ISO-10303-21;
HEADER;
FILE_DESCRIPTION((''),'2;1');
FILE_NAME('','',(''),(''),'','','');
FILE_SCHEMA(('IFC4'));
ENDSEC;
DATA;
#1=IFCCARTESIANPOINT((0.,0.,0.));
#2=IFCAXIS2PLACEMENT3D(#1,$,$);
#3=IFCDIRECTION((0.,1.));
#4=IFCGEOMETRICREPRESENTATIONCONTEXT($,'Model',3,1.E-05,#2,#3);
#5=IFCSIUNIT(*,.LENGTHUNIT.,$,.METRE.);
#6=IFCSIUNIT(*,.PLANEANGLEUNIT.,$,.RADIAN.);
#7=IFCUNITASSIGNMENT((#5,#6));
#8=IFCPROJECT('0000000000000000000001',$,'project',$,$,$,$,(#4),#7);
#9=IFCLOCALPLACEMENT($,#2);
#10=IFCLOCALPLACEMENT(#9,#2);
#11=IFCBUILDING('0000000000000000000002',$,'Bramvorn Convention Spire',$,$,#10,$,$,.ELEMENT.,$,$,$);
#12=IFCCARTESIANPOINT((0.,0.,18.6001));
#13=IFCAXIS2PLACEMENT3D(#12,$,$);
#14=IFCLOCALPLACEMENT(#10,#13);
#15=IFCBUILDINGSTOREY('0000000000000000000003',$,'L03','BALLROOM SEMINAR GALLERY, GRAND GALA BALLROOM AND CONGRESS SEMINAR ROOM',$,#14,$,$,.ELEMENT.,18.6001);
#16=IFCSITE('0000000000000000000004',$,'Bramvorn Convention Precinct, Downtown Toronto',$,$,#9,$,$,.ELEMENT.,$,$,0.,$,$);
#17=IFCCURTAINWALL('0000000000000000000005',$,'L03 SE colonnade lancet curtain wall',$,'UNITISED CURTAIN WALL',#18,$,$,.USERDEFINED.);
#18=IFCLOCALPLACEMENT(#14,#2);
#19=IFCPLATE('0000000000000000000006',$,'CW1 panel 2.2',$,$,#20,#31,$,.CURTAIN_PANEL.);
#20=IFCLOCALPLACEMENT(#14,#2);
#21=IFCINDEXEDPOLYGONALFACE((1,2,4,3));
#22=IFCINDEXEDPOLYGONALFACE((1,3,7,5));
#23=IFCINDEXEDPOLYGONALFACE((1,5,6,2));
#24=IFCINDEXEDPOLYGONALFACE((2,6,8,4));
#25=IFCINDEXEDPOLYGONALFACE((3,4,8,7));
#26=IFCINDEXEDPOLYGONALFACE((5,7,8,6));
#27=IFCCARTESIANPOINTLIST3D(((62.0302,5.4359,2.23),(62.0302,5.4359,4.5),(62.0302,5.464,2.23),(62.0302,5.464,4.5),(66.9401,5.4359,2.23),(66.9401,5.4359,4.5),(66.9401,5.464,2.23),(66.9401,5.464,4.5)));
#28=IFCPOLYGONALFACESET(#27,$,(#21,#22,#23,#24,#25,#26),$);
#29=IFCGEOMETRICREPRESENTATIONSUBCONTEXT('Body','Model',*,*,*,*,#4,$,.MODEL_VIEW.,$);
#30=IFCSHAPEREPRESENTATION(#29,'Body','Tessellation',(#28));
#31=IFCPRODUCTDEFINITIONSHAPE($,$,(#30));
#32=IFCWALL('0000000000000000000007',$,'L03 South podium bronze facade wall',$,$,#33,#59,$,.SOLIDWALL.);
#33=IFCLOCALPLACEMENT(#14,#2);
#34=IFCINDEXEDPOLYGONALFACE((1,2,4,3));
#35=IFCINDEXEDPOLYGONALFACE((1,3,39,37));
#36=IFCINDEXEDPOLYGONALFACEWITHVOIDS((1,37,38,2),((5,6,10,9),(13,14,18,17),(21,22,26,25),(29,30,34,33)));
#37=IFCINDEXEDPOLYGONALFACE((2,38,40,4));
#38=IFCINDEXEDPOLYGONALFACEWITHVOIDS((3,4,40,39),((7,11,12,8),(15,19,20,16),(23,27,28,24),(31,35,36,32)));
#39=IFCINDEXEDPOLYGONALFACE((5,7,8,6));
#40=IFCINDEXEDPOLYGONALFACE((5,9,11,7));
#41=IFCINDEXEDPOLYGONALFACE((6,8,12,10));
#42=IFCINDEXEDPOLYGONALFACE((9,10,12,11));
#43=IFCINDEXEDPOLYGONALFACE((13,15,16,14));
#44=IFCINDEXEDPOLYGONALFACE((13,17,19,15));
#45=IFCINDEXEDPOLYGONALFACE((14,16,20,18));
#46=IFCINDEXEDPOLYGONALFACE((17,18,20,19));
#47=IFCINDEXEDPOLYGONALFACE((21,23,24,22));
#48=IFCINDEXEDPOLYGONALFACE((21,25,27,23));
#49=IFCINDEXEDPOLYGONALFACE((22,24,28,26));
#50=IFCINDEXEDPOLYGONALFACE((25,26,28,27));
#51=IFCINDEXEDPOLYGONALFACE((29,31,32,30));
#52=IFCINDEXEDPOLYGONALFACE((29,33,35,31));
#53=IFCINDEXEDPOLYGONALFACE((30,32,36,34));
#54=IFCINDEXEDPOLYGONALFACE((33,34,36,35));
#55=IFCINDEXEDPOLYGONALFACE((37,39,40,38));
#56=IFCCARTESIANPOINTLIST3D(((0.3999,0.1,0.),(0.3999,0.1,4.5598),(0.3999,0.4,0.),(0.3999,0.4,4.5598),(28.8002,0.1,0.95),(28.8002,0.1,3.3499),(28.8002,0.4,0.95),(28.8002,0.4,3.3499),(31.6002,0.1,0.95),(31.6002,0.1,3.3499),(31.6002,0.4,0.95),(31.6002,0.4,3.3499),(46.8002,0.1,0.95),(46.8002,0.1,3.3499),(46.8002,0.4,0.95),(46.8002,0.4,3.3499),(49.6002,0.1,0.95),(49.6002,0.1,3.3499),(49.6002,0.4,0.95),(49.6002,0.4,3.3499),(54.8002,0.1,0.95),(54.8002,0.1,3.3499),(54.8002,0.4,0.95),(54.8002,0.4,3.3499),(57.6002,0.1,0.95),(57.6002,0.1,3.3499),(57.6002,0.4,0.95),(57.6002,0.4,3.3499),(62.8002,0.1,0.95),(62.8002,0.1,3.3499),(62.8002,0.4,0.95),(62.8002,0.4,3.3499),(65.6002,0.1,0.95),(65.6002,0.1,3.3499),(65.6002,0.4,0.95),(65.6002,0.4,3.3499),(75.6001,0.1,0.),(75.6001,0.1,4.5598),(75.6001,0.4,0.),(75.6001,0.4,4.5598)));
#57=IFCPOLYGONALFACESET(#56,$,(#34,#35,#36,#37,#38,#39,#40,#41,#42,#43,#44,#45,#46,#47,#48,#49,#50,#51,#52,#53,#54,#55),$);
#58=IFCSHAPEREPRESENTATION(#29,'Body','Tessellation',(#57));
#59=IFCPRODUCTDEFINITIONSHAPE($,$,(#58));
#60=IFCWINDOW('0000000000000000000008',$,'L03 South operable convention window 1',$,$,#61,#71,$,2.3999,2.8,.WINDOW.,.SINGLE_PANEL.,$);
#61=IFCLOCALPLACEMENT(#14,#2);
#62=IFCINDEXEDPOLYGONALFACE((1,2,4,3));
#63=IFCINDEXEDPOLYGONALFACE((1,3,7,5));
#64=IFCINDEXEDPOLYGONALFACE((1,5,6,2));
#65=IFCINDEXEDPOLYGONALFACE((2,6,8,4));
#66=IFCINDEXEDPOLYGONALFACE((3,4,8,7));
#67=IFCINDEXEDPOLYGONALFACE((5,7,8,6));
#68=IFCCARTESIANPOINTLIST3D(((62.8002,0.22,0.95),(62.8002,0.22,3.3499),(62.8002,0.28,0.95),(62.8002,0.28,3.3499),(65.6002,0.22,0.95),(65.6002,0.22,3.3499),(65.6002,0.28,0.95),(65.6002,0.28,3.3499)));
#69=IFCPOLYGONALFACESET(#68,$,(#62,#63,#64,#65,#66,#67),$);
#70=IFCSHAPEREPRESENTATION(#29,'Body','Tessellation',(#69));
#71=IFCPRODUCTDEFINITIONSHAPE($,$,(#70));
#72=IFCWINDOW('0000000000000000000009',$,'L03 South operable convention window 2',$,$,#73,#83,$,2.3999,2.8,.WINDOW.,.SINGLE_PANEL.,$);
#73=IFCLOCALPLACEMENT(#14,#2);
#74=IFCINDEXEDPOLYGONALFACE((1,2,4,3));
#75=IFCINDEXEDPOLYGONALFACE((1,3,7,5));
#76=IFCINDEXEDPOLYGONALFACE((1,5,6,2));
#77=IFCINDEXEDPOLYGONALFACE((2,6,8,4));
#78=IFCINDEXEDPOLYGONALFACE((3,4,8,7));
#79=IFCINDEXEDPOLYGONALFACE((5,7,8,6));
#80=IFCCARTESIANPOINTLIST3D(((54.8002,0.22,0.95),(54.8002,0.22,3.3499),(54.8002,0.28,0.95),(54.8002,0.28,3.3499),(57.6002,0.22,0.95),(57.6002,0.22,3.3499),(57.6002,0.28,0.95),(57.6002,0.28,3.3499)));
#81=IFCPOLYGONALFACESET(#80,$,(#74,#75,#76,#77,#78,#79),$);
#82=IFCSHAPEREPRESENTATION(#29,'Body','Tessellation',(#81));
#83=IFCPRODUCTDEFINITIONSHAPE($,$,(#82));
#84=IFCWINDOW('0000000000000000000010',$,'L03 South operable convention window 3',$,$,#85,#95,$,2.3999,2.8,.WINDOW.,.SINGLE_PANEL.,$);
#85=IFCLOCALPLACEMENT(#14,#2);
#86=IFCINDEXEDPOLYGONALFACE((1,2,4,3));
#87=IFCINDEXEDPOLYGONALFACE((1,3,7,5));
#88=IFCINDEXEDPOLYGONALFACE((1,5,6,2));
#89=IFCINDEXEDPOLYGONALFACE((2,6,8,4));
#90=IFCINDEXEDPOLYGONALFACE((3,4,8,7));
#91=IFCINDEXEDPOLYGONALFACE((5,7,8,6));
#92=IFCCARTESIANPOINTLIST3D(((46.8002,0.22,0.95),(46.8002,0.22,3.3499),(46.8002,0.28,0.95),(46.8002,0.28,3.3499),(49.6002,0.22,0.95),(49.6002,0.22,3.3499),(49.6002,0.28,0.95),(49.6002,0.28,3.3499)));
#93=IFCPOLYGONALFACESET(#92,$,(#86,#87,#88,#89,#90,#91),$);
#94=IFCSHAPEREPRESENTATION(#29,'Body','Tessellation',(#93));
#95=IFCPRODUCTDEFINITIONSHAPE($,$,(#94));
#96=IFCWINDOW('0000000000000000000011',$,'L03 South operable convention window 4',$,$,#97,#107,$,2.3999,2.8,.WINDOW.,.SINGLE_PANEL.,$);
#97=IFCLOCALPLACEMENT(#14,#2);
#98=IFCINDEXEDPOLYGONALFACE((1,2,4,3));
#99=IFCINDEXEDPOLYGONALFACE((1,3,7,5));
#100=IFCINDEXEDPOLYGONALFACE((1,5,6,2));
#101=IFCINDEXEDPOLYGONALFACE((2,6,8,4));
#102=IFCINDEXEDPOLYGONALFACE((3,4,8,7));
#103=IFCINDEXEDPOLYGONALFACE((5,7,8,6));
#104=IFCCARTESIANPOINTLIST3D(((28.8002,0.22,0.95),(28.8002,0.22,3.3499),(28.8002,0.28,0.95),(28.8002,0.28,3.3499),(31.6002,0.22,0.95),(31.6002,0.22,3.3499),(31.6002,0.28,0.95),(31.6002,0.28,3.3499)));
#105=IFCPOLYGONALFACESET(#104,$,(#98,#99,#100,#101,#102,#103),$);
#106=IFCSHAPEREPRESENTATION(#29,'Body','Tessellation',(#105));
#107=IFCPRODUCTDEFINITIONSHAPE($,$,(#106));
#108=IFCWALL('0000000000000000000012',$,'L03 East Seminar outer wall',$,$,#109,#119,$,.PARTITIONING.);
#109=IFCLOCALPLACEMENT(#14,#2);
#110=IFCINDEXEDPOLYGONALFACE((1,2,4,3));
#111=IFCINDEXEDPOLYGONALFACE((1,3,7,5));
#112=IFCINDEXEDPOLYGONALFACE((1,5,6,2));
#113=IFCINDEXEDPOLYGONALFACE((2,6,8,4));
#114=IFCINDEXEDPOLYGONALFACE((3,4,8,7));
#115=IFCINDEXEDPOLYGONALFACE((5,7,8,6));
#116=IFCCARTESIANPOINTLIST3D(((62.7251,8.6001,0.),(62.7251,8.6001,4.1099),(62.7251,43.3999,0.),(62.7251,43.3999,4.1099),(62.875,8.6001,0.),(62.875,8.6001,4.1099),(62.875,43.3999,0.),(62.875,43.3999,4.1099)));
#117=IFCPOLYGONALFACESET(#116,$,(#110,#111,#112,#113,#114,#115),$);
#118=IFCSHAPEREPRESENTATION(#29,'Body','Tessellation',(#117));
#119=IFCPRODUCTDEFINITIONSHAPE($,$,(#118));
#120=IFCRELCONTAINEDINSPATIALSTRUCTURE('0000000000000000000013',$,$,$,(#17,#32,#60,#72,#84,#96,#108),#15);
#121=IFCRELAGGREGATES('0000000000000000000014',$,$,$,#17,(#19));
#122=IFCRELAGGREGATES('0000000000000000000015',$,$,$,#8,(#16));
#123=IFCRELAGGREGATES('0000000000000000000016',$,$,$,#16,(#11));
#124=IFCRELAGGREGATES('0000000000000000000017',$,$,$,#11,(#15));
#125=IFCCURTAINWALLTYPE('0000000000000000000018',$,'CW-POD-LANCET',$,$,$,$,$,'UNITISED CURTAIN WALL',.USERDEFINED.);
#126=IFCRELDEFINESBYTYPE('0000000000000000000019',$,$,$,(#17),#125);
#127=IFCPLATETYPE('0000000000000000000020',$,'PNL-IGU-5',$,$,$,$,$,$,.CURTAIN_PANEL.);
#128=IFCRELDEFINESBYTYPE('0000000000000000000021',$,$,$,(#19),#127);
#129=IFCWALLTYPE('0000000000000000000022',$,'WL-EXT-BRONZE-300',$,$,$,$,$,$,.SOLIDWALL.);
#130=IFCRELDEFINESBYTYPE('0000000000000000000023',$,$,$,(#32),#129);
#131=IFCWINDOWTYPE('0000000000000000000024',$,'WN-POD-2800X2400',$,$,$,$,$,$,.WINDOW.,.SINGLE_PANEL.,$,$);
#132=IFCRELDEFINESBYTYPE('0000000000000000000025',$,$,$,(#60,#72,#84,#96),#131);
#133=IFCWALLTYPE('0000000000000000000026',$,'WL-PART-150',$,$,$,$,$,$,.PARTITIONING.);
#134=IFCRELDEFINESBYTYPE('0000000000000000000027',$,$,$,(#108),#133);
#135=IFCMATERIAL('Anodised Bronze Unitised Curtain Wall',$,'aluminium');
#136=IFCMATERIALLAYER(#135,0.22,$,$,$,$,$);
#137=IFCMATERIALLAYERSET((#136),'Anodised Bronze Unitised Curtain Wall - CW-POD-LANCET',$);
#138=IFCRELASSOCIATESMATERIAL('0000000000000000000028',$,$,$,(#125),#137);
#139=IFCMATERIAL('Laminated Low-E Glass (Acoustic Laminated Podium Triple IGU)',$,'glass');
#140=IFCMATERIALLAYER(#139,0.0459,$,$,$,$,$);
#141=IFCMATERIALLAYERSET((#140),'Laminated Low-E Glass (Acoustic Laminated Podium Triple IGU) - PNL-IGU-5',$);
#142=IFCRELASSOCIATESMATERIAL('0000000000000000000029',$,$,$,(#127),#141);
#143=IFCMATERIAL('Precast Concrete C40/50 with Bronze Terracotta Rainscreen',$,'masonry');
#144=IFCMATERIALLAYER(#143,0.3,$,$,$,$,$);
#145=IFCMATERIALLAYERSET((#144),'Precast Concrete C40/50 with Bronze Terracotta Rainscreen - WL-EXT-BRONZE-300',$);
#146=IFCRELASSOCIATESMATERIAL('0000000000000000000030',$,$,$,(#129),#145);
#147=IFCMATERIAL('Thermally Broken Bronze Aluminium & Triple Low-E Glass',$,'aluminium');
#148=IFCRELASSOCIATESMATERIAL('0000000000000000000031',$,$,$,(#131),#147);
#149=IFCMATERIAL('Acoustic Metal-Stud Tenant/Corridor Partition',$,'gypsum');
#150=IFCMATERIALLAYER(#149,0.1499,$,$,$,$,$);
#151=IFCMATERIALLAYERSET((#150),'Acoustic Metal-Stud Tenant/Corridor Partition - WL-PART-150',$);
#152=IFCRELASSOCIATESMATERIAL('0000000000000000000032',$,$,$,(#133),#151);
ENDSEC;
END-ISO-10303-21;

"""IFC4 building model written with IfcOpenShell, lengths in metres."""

from ifc_helpers import new_model, si_unit, direction, frame, frame_2d, origin, origin_2d, place, context, subcontext, project, spatial, rectangle, extrude, material, layer, layer_set, type_object, element, fill, aggregate, save


model = new_model("IFC4")

# Units and contexts
model_context = context("Model", 3, precision=1e-05, world=origin(), true_north=direction((0.0, 1.0)))
body_context = subcontext(model_context, "Body", "Model", "MODEL_VIEW")
ifc_project = project(units=[si_unit("LENGTHUNIT", "METRE"), si_unit("PLANEANGLEUNIT", "RADIAN")], contexts=[model_context])

# Site, building, storey
site_placement = place(None, origin())
site = spatial("IfcSite", under=ifc_project, at=site_placement, Name="Bramvorn Convention Precinct, Downtown Toronto", CompositionType="ELEMENT", RefElevation=0.0)
building_placement = place(site_placement, origin())
building = spatial("IfcBuilding", under=site, at=building_placement, Name="Bramvorn Convention Spire", CompositionType="ELEMENT")
storey_placement = place(building_placement, frame((0.0, 0.0, 18.6001)))
storey = spatial("IfcBuildingStorey", under=building, at=storey_placement, Name="L03", Description="BALLROOM SEMINAR GALLERY, GRAND GALA BALLROOM AND CONGRESS SEMINAR ROOM", CompositionType="ELEMENT", Elevation=18.6001)

# Curtain wall, plate
ifc_material_1 = material(Name="Anodised Bronze Unitised Curtain Wall", Category="aluminium")
ifc_layer_1 = layer(ifc_material_1, 0.22)
ifc_layer_set_1 = layer_set([ifc_layer_1], Name="Anodised Bronze Unitised Curtain Wall - CW-POD-LANCET")
curtain_wall_type = type_object("IfcCurtainWallType", Name="CW-POD-LANCET", ElementType="UNITISED CURTAIN WALL", PredefinedType="USERDEFINED", material=ifc_layer_set_1)
curtain_wall_placement = place(storey_placement, origin())
curtain_wall = element("IfcCurtainWall", 1, at=curtain_wall_placement, inside=storey, type_object=curtain_wall_type, Name="L03 SE colonnade lancet curtain wall", ObjectType="UNITISED CURTAIN WALL", PredefinedType="USERDEFINED")
ifc_material_2 = material(Name="Laminated Low-E Glass (Acoustic Laminated Podium Triple IGU)", Category="glass")
ifc_layer_2 = layer(ifc_material_2, 0.0459)
ifc_layer_set_2 = layer_set([ifc_layer_2], Name="Laminated Low-E Glass (Acoustic Laminated Podium Triple IGU) - PNL-IGU-5")
plate_type = type_object("IfcPlateType", Name="PNL-IGU-5", PredefinedType="CURTAIN_PANEL", material=ifc_layer_set_2)
plate_1_placement = place(storey_placement, frame((64.4851, 5.45, 2.23), z_axis=(0.0, 0.0, 1.0), x_axis=(1.0, 0.0, 0.0)))
plate_1 = element("IfcPlate", 2, at=plate_1_placement, type_object=plate_type, Name="CW1 panel 2.2", PredefinedType="CURTAIN_PANEL", context=body_context, shape_type="SweptSolid", body=[
    extrude(rectangle(XDim=4.9099, YDim=0.0281, at=origin_2d()), origin(), (0.0, 0.0, 1.0), 2.27),
])
aggregate(curtain_wall, [plate_1])

# Wall, openings, windows
ifc_material_3 = material(Name="Precast Concrete C40/50 with Bronze Terracotta Rainscreen", Category="masonry")
ifc_layer_3 = layer(ifc_material_3, 0.3)
ifc_layer_set_3 = layer_set([ifc_layer_3], Name="Precast Concrete C40/50 with Bronze Terracotta Rainscreen - WL-EXT-BRONZE-300")
wall_type_1 = type_object("IfcWallType", Name="WL-EXT-BRONZE-300", PredefinedType="SOLIDWALL", material=ifc_layer_set_3)
wall_1_placement = place(storey_placement, frame((75.6001, 0.25, 0.0), z_axis=(0.0, 0.0, 1.0), x_axis=(-1.0, 0.0, 0.0)))
wall_1 = element("IfcWall", 3, at=wall_1_placement, inside=storey, type_object=wall_type_1, Name="L03 South podium bronze facade wall", PredefinedType="SOLIDWALL", context=body_context, shape_type="SweptSolid", body=[
    extrude(rectangle(XDim=75.2002, YDim=0.3, at=frame_2d((37.6001, 0.0))), origin(), (0.0, 0.0, 1.0), 4.5598),
])
opening_1_placement = place(wall_1_placement, frame((10.0, 0.0, 0.95)))
opening_1 = element("IfcOpeningElement", 4, at=opening_1_placement, cuts=wall_1, PredefinedType="OPENING", context=body_context, shape_type="SweptSolid", body=[
    extrude(rectangle(XDim=2.8, YDim=2.3999, at=frame_2d((1.3999, 1.2))), frame((0.0, 0.1599, 0.0), z_axis=(0.0, -1.0, 0.0), x_axis=(1.0, 0.0, 0.0)), (0.0, 0.0, 1.0), 0.3201),
])
opening_2_placement = place(wall_1_placement, frame((18.0, 0.0, 0.95)))
opening_2 = element("IfcOpeningElement", 5, at=opening_2_placement, cuts=wall_1, PredefinedType="OPENING", context=body_context, shape_type="SweptSolid", body=[
    extrude(rectangle(XDim=2.8, YDim=2.3999, at=frame_2d((1.3999, 1.2))), frame((0.0, 0.1599, 0.0), z_axis=(0.0, -1.0, 0.0), x_axis=(1.0, 0.0, 0.0)), (0.0, 0.0, 1.0), 0.3201),
])
opening_3_placement = place(wall_1_placement, frame((26.0, 0.0, 0.95)))
opening_3 = element("IfcOpeningElement", 6, at=opening_3_placement, cuts=wall_1, PredefinedType="OPENING", context=body_context, shape_type="SweptSolid", body=[
    extrude(rectangle(XDim=2.8, YDim=2.3999, at=frame_2d((1.3999, 1.2))), frame((0.0, 0.1599, 0.0), z_axis=(0.0, -1.0, 0.0), x_axis=(1.0, 0.0, 0.0)), (0.0, 0.0, 1.0), 0.3201),
])
opening_4_placement = place(wall_1_placement, frame((44.0, 0.0, 0.95)))
opening_4 = element("IfcOpeningElement", 7, at=opening_4_placement, cuts=wall_1, PredefinedType="OPENING", context=body_context, shape_type="SweptSolid", body=[
    extrude(rectangle(XDim=2.8, YDim=2.3999, at=frame_2d((1.3999, 1.2))), frame((0.0, 0.1599, 0.0), z_axis=(0.0, -1.0, 0.0), x_axis=(1.0, 0.0, 0.0)), (0.0, 0.0, 1.0), 0.3201),
])
ifc_material_4 = material(Name="Thermally Broken Bronze Aluminium & Triple Low-E Glass", Category="aluminium")
window_type = type_object("IfcWindowType", Name="WN-POD-2800X2400", PartitioningType="SINGLE_PANEL", PredefinedType="WINDOW", material=ifc_material_4)
window_1_placement = place(opening_1_placement, origin())
window_1 = element("IfcWindow", 8, at=window_1_placement, inside=storey, type_object=window_type, Name="L03 South operable convention window 1", OverallHeight=2.3999, OverallWidth=2.8, PartitioningType="SINGLE_PANEL", PredefinedType="WINDOW", context=body_context, shape_type="SweptSolid", body=[
    extrude(rectangle(XDim=2.8, YDim=2.3999, at=frame_2d((1.3999, 1.2))), frame((0.0, 0.03, 0.0), z_axis=(0.0, -1.0, 0.0), x_axis=(1.0, 0.0, 0.0)), (0.0, 0.0, 1.0), 0.0601),
])
fill(opening_1, window_1)
window_2_placement = place(opening_2_placement, origin())
window_2 = element("IfcWindow", 9, at=window_2_placement, inside=storey, type_object=window_type, Name="L03 South operable convention window 2", OverallHeight=2.3999, OverallWidth=2.8, PartitioningType="SINGLE_PANEL", PredefinedType="WINDOW", context=body_context, shape_type="SweptSolid", body=[
    extrude(rectangle(XDim=2.8, YDim=2.3999, at=frame_2d((1.3999, 1.2))), frame((0.0, 0.03, 0.0), z_axis=(0.0, -1.0, 0.0), x_axis=(1.0, 0.0, 0.0)), (0.0, 0.0, 1.0), 0.0601),
])
fill(opening_2, window_2)
window_3_placement = place(opening_3_placement, origin())
window_3 = element("IfcWindow", 10, at=window_3_placement, inside=storey, type_object=window_type, Name="L03 South operable convention window 3", OverallHeight=2.3999, OverallWidth=2.8, PartitioningType="SINGLE_PANEL", PredefinedType="WINDOW", context=body_context, shape_type="SweptSolid", body=[
    extrude(rectangle(XDim=2.8, YDim=2.3999, at=frame_2d((1.3999, 1.2))), frame((0.0, 0.03, 0.0), z_axis=(0.0, -1.0, 0.0), x_axis=(1.0, 0.0, 0.0)), (0.0, 0.0, 1.0), 0.0601),
])
fill(opening_3, window_3)
window_4_placement = place(opening_4_placement, origin())
window_4 = element("IfcWindow", 11, at=window_4_placement, inside=storey, type_object=window_type, Name="L03 South operable convention window 4", OverallHeight=2.3999, OverallWidth=2.8, PartitioningType="SINGLE_PANEL", PredefinedType="WINDOW", context=body_context, shape_type="SweptSolid", body=[
    extrude(rectangle(XDim=2.8, YDim=2.3999, at=frame_2d((1.3999, 1.2))), frame((0.0, 0.03, 0.0), z_axis=(0.0, -1.0, 0.0), x_axis=(1.0, 0.0, 0.0)), (0.0, 0.0, 1.0), 0.0601),
])
fill(opening_4, window_4)

# Wall
ifc_material_5 = material(Name="Acoustic Metal-Stud Tenant/Corridor Partition", Category="gypsum")
ifc_layer_4 = layer(ifc_material_5, 0.1499)
ifc_layer_set_4 = layer_set([ifc_layer_4], Name="Acoustic Metal-Stud Tenant/Corridor Partition - WL-PART-150")
wall_type_2 = type_object("IfcWallType", Name="WL-PART-150", PredefinedType="PARTITIONING", material=ifc_layer_set_4)
wall_2_placement = place(storey_placement, frame((62.8, 8.6001, 0.0), z_axis=(0.0, 0.0, 1.0), x_axis=(0.0, 1.0, 0.0)))
element("IfcWall", 12, at=wall_2_placement, inside=storey, type_object=wall_type_2, Name="L03 East Seminar outer wall", PredefinedType="PARTITIONING", context=body_context, shape_type="SweptSolid", body=[
    extrude(rectangle(XDim=34.7998, YDim=0.1499, at=frame_2d((17.3999, 0.0))), origin(), (0.0, 0.0, 1.0), 4.1099),
])

save(model, "model.ifc")
